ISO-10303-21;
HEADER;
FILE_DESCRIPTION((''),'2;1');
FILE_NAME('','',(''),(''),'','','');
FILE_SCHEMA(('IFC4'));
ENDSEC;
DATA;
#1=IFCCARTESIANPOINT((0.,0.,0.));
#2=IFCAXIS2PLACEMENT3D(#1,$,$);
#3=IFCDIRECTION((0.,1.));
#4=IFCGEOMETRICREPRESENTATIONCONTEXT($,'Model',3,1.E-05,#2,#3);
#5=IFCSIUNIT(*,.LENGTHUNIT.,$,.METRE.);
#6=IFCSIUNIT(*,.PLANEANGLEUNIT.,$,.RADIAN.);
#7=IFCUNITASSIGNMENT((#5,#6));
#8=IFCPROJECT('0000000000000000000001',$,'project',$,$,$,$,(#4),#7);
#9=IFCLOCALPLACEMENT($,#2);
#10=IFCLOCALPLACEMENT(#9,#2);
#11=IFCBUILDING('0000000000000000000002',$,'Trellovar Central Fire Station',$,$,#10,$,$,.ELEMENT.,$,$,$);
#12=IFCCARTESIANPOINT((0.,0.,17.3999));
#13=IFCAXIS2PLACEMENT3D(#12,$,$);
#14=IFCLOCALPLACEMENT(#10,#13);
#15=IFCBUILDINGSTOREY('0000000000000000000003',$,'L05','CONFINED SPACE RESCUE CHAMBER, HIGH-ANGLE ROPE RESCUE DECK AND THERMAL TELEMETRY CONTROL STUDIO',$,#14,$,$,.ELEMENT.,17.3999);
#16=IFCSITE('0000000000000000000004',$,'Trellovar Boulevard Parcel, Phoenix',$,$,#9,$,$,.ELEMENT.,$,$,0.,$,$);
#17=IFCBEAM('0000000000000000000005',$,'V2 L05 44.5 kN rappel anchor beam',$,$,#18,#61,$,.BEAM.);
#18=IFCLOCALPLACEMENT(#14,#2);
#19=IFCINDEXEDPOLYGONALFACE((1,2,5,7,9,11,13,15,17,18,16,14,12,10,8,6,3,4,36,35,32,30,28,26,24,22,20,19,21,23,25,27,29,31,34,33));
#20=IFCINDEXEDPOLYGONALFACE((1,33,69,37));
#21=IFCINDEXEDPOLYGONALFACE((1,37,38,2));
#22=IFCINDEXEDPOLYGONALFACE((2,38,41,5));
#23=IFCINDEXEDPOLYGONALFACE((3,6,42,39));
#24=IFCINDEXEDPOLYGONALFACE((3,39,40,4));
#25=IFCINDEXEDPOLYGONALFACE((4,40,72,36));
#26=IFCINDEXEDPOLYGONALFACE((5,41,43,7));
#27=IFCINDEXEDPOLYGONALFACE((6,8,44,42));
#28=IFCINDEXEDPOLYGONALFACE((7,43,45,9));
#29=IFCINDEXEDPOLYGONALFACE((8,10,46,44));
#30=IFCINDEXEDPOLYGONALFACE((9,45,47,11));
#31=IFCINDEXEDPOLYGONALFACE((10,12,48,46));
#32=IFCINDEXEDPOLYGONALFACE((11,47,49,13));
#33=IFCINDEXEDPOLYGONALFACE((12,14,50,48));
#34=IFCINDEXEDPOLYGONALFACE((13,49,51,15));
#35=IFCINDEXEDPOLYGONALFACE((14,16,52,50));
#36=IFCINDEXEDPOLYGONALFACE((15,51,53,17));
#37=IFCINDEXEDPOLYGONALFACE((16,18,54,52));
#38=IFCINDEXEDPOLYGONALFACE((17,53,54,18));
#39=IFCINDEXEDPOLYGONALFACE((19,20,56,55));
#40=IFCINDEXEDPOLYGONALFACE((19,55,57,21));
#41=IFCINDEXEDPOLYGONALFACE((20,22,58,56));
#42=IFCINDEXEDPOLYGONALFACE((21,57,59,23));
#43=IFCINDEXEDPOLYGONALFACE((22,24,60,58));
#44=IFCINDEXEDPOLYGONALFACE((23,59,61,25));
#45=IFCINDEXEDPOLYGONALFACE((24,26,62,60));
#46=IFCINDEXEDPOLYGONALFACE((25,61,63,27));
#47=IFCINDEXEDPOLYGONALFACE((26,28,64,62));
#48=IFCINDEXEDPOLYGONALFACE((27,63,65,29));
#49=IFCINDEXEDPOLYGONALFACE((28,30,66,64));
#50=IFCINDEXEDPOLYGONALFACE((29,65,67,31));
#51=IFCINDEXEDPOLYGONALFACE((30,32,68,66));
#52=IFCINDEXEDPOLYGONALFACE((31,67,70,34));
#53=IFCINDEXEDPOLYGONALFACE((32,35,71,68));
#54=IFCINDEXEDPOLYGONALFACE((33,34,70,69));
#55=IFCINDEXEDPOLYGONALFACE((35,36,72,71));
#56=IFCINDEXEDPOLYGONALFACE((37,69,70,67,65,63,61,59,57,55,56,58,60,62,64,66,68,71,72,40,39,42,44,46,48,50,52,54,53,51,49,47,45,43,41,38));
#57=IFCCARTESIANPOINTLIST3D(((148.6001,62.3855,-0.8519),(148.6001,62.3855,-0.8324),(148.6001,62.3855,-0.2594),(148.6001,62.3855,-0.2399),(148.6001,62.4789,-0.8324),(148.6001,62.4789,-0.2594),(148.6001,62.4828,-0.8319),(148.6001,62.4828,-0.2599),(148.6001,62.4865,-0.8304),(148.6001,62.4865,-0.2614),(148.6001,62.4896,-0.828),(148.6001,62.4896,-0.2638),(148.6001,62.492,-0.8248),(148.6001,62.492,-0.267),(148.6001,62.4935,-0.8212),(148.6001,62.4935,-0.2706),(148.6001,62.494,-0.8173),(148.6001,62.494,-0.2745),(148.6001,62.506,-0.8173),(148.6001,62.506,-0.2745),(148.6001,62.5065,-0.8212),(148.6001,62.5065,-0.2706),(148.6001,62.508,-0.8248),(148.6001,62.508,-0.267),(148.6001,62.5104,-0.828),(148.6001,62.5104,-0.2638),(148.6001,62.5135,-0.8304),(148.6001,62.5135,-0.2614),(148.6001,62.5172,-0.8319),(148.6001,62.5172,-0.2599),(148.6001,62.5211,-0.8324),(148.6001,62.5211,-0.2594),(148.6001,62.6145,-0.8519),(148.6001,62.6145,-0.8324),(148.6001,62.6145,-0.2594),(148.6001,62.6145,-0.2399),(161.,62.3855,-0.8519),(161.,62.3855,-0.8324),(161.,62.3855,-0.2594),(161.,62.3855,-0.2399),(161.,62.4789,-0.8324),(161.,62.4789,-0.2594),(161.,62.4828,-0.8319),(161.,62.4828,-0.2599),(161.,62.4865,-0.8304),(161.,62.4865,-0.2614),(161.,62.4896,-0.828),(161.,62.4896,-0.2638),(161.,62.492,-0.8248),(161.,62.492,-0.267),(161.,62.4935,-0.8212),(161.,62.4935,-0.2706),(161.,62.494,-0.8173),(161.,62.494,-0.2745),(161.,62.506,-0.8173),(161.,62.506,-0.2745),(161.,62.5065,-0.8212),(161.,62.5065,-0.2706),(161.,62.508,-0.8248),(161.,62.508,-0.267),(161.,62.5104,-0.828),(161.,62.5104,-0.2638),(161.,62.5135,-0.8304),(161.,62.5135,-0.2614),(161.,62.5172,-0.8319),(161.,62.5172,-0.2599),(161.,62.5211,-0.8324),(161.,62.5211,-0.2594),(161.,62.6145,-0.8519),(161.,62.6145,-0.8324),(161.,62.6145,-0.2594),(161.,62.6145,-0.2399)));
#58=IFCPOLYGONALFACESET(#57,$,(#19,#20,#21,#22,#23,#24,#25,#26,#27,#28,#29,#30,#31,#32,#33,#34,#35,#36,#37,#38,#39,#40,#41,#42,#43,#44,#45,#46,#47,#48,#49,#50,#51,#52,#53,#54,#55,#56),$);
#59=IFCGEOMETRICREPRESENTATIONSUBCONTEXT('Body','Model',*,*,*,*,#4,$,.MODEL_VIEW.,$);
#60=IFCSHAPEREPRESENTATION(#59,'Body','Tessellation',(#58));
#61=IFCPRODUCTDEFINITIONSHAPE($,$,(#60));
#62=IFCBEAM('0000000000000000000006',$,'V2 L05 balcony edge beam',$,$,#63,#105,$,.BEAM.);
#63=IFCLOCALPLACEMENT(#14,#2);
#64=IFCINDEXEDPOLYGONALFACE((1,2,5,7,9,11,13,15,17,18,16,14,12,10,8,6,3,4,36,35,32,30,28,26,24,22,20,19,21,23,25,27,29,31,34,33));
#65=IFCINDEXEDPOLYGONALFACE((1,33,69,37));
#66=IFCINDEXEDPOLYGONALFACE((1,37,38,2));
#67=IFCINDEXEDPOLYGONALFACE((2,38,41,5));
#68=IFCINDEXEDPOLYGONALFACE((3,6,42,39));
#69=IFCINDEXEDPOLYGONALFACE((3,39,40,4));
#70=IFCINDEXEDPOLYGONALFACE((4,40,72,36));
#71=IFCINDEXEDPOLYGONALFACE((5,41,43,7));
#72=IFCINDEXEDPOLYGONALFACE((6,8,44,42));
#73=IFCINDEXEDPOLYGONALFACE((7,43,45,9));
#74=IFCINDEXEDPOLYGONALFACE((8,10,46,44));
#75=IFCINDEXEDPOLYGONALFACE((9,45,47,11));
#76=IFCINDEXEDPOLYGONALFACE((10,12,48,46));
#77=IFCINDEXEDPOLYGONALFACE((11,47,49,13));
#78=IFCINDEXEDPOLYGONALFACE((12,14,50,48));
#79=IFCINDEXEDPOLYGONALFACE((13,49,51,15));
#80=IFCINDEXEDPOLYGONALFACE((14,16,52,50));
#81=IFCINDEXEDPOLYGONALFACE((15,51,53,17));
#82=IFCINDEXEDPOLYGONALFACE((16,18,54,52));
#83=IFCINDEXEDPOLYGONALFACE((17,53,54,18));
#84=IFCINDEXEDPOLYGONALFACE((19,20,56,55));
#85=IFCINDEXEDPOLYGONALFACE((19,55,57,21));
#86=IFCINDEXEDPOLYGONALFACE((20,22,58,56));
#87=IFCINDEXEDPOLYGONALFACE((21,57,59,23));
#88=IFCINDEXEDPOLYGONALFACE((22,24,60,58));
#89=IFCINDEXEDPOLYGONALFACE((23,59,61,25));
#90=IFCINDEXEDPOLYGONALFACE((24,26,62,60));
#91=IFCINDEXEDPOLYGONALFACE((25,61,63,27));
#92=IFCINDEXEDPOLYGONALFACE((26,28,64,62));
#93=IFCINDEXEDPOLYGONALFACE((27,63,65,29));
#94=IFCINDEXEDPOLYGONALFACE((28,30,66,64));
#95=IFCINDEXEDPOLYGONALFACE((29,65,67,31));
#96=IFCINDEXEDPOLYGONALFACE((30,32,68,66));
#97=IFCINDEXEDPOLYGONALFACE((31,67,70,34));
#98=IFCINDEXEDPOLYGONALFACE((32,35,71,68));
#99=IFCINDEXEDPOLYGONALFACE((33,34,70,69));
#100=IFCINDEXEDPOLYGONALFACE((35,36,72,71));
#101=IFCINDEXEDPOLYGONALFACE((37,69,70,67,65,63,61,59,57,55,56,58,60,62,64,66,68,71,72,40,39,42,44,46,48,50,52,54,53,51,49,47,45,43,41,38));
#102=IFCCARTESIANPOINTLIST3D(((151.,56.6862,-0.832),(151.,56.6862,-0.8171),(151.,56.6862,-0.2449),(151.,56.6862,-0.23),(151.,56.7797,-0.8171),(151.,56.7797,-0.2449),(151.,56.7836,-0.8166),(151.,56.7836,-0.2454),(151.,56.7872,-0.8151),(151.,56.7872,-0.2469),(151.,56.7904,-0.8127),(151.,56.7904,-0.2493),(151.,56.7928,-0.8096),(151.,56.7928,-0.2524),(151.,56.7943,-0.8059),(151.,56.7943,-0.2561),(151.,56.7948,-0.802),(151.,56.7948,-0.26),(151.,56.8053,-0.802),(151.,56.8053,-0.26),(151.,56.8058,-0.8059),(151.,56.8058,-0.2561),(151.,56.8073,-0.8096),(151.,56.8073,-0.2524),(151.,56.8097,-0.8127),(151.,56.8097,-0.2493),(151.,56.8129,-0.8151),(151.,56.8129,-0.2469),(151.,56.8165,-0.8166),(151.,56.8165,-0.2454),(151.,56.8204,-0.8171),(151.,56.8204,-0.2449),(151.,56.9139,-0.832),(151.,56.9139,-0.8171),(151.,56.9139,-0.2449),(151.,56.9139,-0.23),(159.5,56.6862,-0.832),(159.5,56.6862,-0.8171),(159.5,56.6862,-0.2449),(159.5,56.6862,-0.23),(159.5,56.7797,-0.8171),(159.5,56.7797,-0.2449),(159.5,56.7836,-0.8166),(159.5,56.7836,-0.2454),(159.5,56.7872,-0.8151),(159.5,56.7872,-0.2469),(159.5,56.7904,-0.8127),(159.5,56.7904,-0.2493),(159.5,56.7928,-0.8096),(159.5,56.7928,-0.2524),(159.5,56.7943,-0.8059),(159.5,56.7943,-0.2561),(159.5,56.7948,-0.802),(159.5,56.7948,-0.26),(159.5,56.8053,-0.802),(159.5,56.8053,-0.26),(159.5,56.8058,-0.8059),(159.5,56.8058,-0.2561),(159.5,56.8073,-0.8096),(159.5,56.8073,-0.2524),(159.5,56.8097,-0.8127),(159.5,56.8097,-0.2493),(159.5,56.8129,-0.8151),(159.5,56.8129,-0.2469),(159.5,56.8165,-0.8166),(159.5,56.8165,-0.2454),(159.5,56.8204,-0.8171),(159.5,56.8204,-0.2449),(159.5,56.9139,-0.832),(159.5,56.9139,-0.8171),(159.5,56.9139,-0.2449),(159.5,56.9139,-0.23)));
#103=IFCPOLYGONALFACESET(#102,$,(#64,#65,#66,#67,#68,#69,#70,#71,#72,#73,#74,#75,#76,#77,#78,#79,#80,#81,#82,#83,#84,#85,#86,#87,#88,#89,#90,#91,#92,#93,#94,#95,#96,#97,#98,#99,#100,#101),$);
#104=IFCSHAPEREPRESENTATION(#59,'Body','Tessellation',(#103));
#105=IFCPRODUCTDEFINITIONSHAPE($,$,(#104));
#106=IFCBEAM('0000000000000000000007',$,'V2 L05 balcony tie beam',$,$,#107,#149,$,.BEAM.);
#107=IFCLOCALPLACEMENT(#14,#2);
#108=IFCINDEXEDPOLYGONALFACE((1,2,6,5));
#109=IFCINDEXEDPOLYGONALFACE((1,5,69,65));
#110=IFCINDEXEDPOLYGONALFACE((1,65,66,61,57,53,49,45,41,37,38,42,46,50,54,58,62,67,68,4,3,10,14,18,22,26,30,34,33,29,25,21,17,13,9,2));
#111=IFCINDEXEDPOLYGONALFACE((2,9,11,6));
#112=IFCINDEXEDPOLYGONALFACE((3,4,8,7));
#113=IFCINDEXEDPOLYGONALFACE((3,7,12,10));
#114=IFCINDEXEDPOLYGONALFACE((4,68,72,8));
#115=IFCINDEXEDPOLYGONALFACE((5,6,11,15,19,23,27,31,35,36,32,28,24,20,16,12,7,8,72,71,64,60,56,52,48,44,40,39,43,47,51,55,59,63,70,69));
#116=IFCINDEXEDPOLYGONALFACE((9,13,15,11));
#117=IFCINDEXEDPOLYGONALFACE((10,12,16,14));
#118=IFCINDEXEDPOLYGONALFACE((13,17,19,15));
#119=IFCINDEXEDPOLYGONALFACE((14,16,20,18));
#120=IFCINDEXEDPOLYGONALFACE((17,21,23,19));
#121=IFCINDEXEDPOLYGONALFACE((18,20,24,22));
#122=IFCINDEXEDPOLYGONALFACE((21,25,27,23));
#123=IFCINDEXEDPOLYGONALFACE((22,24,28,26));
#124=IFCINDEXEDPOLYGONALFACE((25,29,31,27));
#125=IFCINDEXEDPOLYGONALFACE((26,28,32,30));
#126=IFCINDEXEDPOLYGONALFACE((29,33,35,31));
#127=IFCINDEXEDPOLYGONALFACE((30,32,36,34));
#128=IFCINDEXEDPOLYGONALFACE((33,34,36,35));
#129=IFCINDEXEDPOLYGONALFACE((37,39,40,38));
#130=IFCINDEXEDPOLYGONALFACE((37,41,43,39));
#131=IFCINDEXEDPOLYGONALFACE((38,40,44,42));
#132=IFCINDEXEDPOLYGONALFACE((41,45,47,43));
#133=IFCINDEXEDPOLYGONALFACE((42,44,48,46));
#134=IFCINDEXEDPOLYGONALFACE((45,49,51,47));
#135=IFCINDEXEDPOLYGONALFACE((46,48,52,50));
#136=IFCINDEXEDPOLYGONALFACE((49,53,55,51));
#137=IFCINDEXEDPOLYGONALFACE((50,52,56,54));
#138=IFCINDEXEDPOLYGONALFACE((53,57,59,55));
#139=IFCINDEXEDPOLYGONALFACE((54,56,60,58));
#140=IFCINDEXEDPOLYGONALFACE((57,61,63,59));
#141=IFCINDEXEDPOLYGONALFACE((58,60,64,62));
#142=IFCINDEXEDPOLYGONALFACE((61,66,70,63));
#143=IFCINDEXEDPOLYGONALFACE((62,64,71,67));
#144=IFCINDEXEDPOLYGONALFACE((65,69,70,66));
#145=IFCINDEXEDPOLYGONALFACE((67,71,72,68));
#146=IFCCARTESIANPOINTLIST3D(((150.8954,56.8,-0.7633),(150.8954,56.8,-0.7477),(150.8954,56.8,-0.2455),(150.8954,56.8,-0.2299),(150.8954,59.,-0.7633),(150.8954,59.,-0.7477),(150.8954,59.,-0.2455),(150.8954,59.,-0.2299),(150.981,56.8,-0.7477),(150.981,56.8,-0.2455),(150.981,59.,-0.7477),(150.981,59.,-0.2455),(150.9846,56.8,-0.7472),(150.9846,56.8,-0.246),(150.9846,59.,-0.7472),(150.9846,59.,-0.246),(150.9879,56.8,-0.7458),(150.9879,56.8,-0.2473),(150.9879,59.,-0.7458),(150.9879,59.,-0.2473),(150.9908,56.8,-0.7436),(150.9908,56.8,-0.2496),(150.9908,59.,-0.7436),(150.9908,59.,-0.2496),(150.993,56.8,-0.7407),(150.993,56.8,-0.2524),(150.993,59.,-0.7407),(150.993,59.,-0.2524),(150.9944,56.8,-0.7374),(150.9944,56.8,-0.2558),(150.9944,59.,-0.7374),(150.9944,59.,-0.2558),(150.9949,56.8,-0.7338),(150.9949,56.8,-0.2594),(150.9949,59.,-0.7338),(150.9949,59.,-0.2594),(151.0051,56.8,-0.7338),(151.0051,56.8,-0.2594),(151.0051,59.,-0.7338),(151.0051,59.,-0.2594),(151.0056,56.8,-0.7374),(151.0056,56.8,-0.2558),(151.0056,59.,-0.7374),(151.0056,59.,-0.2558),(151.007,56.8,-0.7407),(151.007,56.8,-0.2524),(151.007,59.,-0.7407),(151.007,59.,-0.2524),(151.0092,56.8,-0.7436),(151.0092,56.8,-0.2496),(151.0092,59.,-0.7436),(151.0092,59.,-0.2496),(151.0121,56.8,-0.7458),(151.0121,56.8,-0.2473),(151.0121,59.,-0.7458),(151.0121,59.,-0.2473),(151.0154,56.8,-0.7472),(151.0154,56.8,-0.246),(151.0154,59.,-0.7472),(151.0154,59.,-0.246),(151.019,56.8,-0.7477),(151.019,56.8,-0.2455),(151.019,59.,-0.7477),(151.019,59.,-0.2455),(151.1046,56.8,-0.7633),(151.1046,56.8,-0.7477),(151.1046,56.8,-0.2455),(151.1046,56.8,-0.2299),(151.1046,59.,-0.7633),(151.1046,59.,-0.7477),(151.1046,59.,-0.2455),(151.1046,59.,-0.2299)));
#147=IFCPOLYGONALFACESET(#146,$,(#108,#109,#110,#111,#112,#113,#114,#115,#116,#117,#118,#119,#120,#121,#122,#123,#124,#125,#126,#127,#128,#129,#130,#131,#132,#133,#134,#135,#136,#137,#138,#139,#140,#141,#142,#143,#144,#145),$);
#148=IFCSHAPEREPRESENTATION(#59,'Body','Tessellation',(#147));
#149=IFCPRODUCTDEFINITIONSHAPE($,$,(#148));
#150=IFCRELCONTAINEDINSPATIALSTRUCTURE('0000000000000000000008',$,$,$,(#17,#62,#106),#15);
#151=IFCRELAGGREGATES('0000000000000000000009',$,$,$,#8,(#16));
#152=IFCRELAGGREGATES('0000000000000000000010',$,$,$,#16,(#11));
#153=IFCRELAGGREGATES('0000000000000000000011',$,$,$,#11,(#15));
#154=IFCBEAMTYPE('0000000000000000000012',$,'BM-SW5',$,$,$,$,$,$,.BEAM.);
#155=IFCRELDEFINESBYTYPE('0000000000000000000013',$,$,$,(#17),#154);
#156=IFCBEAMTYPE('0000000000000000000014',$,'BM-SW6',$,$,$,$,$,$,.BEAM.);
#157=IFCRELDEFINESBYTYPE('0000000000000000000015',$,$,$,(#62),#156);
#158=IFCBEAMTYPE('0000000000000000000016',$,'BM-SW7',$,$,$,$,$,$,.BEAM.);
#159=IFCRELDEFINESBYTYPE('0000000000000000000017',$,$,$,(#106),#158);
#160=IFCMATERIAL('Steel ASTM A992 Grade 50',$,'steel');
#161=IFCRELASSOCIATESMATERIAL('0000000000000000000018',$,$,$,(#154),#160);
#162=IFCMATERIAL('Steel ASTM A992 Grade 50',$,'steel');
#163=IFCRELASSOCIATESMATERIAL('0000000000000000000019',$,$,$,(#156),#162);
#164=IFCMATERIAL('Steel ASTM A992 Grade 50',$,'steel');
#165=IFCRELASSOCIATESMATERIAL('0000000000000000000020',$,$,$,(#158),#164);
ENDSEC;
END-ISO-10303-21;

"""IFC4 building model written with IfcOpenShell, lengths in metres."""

from ifc_helpers import new_model, si_unit, direction, frame, origin, origin_2d, place, context, subcontext, project, spatial, i_section, extrude, material, material_profile, profile_set, type_object, element, save


model = new_model("IFC4")

# Units and contexts
model_context = context("Model", 3, precision=1e-05, world=origin(), true_north=direction((0.0, 1.0)))
body_context = subcontext(model_context, "Body", "Model", "MODEL_VIEW")
ifc_project = project(units=[si_unit("LENGTHUNIT", "METRE"), si_unit("PLANEANGLEUNIT", "RADIAN")], contexts=[model_context])

# Site, building, storey
site_placement = place(None, origin())
site = spatial("IfcSite", under=ifc_project, at=site_placement, Name="Trellovar Boulevard Parcel, Phoenix", CompositionType="ELEMENT", RefElevation=0.0)
building_placement = place(site_placement, origin())
building = spatial("IfcBuilding", under=site, at=building_placement, Name="Trellovar Central Fire Station", CompositionType="ELEMENT")
storey_placement = place(building_placement, frame((0.0, 0.0, 17.3999)))
storey = spatial("IfcBuildingStorey", under=building, at=storey_placement, Name="L05", Description="CONFINED SPACE RESCUE CHAMBER, HIGH-ANGLE ROPE RESCUE DECK AND THERMAL TELEMETRY CONTROL STUDIO", CompositionType="ELEMENT", Elevation=17.3999)

# Beams
ifc_material_1 = material(Name="Steel ASTM A992 Grade 50", Category="steel")
ifc_material_profile_1 = material_profile(ifc_material_1, i_section(OverallWidth=0.229, OverallDepth=0.6121, WebThickness=0.012, FlangeThickness=0.0195, FilletRadius=0.0151, at=origin_2d()), Name="W24X84")
ifc_profile_set_1 = profile_set([ifc_material_profile_1], Name="Steel ASTM A992 Grade 50")
beam_type_1 = type_object("IfcBeamType", Name="BM-SW5", PredefinedType="BEAM", material=ifc_profile_set_1)
beam_1_placement = place(storey_placement, frame((148.6001, 62.5, -0.5459), z_axis=(1.0, 0.0, 0.0), x_axis=(0.0, 1.0, 0.0)))
element("IfcBeam", 1, at=beam_1_placement, inside=storey, type_object=beam_type_1, Name="V2 L05 44.5 kN rappel anchor beam", PredefinedType="BEAM", context=body_context, shape_type="SweptSolid", body=[
    extrude(i_section(OverallWidth=0.229, OverallDepth=0.6121, WebThickness=0.012, FlangeThickness=0.0195, FilletRadius=0.0151, at=origin_2d()), origin(), (0.0, 0.0, 1.0), 12.3999),
])
ifc_material_2 = material(Name="Steel ASTM A992 Grade 50", Category="steel")
ifc_material_profile_2 = material_profile(ifc_material_2, i_section(OverallWidth=0.2278, OverallDepth=0.6021, WebThickness=0.0105, FlangeThickness=0.0149, FilletRadius=0.0151, at=origin_2d()), Name="W24X68")
ifc_profile_set_2 = profile_set([ifc_material_profile_2], Name="Steel ASTM A992 Grade 50")
beam_type_2 = type_object("IfcBeamType", Name="BM-SW6", PredefinedType="BEAM", material=ifc_profile_set_2)
beam_2_placement = place(storey_placement, frame((151.0, 56.8, -0.531), z_axis=(1.0, 0.0, 0.0), x_axis=(0.0, 1.0, 0.0)))
element("IfcBeam", 2, at=beam_2_placement, inside=storey, type_object=beam_type_2, Name="V2 L05 balcony edge beam", PredefinedType="BEAM", context=body_context, shape_type="SweptSolid", body=[
    extrude(i_section(OverallWidth=0.2278, OverallDepth=0.6021, WebThickness=0.0105, FlangeThickness=0.0149, FilletRadius=0.0151, at=origin_2d()), origin(), (0.0, 0.0, 1.0), 8.5),
])
ifc_material_3 = material(Name="Steel ASTM A992 Grade 50", Category="steel")
ifc_material_profile_3 = material_profile(ifc_material_3, i_section(OverallWidth=0.2092, OverallDepth=0.5334, WebThickness=0.0103, FlangeThickness=0.0156, FilletRadius=0.0139, at=origin_2d()), Name="W21X62")
ifc_profile_set_3 = profile_set([ifc_material_profile_3], Name="Steel ASTM A992 Grade 50")
beam_type_3 = type_object("IfcBeamType", Name="BM-SW7", PredefinedType="BEAM", material=ifc_profile_set_3)
beam_3_placement = place(storey_placement, frame((151.0, 56.8, -0.4966), z_axis=(0.0, 1.0, 0.0), x_axis=(-1.0, 0.0, 0.0)))
element("IfcBeam", 3, at=beam_3_placement, inside=storey, type_object=beam_type_3, Name="V2 L05 balcony tie beam", PredefinedType="BEAM", context=body_context, shape_type="SweptSolid", body=[
    extrude(i_section(OverallWidth=0.2092, OverallDepth=0.5334, WebThickness=0.0103, FlangeThickness=0.0156, FilletRadius=0.0139, at=origin_2d()), origin(), (0.0, 0.0, 1.0), 2.2),
])

save(model, "model.ifc")
